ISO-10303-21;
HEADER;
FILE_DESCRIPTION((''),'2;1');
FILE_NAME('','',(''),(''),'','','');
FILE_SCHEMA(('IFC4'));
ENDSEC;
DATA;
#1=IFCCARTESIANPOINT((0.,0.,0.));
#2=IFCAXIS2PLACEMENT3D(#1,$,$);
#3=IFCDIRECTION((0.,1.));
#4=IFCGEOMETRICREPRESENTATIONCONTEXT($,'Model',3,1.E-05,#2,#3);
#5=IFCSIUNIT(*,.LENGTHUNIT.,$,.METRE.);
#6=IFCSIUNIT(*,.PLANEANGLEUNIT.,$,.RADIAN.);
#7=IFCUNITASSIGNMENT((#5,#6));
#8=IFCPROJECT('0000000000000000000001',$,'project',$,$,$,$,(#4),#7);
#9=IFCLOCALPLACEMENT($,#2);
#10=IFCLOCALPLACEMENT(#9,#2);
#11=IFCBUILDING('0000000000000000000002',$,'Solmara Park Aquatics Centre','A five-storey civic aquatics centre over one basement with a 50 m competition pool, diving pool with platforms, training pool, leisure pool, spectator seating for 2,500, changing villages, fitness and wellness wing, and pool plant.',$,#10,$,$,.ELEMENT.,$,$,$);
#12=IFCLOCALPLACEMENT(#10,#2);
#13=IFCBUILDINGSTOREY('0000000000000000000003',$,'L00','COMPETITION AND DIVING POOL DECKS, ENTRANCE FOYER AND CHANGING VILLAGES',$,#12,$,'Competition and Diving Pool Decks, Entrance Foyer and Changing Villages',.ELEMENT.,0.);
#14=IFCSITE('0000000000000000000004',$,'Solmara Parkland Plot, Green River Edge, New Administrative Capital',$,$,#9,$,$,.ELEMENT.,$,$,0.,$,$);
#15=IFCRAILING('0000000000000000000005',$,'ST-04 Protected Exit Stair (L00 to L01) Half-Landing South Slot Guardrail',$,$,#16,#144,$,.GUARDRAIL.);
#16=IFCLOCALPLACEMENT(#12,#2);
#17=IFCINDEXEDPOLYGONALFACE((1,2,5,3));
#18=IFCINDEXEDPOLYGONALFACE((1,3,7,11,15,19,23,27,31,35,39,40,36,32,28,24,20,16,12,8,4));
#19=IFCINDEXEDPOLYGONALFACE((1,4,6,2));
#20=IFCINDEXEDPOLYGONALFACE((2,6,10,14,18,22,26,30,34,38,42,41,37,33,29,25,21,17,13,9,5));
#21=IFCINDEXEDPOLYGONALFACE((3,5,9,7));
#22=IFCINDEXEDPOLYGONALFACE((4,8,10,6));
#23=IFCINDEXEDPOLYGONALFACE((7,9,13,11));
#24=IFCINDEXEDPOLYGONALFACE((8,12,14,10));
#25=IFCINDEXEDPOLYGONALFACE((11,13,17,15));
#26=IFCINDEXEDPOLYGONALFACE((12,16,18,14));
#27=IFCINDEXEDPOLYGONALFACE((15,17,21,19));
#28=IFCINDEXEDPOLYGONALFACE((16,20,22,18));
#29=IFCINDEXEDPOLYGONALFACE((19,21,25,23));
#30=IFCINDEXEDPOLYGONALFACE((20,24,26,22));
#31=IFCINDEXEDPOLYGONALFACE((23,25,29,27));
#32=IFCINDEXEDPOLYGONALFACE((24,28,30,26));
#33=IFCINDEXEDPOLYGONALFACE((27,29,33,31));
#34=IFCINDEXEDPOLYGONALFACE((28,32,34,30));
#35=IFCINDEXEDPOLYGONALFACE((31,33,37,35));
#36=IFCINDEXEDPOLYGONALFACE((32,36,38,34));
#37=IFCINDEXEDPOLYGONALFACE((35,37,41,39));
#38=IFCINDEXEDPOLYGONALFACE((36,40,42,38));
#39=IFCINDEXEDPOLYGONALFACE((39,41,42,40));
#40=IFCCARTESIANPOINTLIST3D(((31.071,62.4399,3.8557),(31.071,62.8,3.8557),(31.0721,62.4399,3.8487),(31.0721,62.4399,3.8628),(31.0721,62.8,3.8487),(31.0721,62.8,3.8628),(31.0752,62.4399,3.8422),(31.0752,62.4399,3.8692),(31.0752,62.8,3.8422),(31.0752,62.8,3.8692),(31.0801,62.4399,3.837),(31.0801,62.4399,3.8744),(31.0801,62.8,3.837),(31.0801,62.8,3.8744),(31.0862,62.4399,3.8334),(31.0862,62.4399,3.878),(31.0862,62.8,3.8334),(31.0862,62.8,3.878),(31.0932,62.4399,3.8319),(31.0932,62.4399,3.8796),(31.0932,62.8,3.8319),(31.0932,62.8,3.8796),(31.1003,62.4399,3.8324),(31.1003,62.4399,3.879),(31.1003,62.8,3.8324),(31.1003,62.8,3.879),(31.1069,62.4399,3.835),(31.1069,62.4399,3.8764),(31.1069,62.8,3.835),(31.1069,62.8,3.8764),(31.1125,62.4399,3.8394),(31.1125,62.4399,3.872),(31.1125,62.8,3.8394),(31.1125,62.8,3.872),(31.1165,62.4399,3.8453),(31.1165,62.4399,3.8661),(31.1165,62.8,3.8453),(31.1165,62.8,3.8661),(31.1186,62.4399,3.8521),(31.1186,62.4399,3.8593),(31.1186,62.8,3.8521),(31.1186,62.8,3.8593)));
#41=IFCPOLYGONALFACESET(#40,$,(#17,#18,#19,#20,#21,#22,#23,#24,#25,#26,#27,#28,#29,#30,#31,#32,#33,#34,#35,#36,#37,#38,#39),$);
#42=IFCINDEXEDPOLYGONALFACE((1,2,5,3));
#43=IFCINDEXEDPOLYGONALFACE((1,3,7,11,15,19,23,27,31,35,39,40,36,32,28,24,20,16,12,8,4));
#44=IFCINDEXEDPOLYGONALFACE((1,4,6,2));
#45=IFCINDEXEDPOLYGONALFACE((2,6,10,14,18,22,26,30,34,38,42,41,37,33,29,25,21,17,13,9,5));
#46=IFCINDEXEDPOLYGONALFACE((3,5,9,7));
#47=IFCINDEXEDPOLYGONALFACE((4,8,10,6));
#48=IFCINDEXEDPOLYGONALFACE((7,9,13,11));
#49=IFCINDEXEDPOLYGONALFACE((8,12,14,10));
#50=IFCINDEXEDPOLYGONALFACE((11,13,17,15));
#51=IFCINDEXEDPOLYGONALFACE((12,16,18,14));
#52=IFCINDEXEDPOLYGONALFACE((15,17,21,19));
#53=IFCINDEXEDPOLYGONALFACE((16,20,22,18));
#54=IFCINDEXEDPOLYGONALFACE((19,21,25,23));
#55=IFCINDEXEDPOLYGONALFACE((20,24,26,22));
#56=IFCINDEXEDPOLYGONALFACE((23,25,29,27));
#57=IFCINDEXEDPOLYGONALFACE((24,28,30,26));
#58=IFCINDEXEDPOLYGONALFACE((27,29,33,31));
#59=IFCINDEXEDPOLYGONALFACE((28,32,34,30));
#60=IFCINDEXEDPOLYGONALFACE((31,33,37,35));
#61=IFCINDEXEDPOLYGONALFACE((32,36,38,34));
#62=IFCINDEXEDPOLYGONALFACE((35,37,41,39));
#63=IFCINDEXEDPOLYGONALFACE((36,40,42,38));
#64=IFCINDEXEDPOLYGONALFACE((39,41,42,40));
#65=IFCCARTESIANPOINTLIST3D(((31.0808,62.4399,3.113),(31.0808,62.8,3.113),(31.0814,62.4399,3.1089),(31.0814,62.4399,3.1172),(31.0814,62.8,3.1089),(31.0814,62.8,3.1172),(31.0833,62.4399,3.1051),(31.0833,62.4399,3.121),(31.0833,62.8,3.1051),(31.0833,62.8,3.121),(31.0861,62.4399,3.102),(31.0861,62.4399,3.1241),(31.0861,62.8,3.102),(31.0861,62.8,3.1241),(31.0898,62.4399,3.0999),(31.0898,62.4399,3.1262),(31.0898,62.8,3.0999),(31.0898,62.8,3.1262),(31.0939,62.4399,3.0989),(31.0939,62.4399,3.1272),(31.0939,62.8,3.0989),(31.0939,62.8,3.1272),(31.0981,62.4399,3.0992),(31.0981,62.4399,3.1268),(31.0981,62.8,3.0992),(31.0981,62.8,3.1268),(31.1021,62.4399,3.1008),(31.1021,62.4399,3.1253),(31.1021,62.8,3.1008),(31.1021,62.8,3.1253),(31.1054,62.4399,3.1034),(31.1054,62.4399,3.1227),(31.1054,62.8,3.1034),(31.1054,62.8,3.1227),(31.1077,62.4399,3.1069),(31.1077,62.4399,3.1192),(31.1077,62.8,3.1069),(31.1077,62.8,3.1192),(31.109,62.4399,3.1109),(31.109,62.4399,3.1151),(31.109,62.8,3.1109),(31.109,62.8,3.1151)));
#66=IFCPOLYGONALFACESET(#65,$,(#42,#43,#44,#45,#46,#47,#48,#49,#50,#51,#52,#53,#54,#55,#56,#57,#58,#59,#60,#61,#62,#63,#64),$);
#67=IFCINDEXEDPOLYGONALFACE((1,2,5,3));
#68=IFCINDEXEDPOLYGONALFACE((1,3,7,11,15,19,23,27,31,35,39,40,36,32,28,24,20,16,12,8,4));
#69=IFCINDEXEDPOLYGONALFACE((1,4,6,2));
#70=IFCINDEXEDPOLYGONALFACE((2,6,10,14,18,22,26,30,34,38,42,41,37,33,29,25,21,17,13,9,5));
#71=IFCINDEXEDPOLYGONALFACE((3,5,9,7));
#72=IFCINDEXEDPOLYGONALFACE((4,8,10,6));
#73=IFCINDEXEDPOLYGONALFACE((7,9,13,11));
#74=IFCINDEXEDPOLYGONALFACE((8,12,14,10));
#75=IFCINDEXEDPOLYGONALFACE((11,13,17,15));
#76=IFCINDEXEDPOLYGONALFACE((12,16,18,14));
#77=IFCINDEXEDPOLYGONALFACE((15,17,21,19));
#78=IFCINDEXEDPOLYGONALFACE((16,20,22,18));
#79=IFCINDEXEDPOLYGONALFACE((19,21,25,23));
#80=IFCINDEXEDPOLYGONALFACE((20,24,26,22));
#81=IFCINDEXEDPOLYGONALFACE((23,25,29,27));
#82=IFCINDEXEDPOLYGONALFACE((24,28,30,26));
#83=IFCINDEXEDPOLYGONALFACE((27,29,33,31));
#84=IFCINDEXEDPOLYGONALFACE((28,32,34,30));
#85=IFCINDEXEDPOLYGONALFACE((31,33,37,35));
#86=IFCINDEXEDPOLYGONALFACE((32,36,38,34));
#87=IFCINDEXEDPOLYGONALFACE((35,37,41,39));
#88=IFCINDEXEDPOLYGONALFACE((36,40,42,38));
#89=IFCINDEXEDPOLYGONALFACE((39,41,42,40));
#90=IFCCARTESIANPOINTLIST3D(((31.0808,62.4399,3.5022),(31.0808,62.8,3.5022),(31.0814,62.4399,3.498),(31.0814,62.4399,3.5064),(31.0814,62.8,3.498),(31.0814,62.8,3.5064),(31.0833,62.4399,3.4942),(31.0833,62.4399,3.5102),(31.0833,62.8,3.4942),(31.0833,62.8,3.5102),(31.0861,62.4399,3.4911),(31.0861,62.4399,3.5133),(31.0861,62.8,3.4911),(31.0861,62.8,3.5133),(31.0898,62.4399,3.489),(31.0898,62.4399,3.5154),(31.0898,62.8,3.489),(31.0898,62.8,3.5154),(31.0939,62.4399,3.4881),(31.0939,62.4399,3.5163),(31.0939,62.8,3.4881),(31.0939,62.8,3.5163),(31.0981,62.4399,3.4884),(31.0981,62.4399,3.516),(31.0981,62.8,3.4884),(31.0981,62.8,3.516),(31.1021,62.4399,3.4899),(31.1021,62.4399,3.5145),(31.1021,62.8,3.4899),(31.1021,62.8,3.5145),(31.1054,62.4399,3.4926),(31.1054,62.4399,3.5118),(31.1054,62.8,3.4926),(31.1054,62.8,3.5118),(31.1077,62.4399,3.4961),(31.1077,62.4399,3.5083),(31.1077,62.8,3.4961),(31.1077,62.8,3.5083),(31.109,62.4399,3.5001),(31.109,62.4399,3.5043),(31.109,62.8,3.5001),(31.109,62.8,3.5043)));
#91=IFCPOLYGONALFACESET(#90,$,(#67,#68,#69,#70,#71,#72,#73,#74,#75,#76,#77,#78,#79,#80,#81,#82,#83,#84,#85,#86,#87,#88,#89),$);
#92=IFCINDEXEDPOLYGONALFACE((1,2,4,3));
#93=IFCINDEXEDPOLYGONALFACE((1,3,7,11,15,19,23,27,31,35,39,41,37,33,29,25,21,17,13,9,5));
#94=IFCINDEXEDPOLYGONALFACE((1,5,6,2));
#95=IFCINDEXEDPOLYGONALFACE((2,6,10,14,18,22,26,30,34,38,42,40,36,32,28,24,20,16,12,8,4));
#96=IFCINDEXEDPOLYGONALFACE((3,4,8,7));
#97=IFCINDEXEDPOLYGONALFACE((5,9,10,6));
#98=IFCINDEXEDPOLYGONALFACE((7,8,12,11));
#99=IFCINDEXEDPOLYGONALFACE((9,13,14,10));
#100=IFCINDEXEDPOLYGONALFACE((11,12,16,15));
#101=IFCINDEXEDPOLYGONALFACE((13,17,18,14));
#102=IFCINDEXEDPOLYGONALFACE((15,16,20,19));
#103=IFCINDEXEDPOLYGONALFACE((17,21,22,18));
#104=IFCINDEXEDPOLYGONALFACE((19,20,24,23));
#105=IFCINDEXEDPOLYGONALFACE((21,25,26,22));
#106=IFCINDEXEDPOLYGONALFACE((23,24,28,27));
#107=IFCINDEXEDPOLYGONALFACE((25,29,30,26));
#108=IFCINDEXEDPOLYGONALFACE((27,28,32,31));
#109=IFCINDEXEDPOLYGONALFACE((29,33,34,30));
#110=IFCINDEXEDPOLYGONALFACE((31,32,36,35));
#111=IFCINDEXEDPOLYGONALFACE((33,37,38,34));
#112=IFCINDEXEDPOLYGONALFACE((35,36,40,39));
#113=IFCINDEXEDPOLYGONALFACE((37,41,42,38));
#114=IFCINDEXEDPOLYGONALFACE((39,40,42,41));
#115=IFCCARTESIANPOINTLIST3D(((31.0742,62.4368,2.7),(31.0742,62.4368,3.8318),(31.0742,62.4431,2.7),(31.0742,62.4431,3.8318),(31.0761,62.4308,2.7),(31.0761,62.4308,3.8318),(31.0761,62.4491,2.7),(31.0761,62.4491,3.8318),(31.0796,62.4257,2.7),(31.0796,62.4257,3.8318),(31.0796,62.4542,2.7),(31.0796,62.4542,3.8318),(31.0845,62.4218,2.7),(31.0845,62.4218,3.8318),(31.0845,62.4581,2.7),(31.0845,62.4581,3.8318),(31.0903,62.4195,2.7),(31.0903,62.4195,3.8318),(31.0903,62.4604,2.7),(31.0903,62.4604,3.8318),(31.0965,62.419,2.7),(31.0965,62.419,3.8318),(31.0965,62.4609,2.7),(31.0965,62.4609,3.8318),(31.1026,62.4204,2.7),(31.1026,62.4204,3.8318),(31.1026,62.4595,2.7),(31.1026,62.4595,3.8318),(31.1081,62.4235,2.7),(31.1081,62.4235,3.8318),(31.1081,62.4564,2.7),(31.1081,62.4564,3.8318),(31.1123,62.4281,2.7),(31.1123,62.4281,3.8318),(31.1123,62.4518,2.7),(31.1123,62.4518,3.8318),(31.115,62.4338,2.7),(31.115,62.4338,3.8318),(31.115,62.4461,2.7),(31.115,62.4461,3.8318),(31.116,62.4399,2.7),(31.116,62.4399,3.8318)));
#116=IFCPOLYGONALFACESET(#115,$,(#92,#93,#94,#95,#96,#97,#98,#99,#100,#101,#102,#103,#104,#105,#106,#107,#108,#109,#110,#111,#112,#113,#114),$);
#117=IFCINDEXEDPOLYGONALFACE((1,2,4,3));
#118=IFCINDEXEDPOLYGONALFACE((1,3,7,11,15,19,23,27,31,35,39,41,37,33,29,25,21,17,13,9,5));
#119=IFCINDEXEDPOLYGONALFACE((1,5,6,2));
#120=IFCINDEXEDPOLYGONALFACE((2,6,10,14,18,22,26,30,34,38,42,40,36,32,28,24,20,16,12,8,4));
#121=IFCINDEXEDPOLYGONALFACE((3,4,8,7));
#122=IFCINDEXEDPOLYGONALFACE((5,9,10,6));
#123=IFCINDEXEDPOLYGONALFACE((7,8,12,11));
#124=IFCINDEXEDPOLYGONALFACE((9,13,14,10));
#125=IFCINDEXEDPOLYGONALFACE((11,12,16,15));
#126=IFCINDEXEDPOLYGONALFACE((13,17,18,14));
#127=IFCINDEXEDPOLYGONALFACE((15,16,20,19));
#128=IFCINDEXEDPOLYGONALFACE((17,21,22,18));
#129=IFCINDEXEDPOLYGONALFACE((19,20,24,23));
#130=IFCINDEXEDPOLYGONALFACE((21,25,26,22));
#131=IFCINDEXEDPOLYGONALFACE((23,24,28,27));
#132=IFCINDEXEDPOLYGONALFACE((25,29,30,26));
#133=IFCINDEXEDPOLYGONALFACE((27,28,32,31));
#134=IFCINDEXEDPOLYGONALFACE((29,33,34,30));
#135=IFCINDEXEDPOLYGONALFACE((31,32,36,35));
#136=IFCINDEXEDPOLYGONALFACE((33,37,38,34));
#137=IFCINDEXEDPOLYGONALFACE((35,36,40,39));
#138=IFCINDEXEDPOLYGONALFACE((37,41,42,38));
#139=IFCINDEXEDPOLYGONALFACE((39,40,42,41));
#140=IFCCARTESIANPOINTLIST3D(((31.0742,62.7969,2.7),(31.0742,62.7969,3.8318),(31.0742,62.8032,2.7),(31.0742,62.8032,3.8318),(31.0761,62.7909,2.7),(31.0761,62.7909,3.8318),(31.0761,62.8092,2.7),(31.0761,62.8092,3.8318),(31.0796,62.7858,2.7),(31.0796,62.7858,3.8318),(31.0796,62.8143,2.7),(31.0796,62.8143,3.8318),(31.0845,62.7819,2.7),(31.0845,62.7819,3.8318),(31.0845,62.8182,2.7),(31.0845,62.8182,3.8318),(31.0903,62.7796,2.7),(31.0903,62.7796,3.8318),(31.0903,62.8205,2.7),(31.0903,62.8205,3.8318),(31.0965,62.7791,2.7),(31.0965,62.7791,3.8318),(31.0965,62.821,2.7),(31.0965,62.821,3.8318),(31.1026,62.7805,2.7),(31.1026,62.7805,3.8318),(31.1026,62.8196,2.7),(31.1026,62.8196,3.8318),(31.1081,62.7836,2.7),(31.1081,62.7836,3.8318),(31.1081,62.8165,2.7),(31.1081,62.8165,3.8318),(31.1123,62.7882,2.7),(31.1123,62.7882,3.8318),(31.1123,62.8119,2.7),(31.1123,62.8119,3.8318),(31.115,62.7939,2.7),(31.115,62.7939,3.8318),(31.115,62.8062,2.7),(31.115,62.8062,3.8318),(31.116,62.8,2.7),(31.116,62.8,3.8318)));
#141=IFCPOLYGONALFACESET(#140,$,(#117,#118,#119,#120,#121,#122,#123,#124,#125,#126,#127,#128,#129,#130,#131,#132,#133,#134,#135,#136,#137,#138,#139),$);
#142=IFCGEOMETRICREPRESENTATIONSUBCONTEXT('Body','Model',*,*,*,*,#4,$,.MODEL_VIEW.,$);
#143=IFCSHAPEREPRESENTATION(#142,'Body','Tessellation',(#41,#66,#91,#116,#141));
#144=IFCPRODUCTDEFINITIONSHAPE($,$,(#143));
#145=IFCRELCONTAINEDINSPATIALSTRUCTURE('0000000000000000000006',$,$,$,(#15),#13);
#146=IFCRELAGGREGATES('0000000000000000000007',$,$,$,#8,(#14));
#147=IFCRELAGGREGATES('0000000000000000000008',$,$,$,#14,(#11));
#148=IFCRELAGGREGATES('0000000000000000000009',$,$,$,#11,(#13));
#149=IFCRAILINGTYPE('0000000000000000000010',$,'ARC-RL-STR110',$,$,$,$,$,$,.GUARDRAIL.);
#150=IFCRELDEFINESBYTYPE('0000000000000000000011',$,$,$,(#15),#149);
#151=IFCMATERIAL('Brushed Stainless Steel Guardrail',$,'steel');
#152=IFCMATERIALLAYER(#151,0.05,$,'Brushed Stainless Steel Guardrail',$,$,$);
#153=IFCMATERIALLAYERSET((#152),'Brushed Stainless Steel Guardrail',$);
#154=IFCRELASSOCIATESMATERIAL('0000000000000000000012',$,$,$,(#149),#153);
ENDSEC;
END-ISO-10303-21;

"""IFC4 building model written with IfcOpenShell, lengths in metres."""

from ifc_helpers import new_model, si_unit, direction, frame, origin, origin_2d, place, context, subcontext, project, spatial, circle, extrude, material, layer, layer_set, type_object, element, save


model = new_model("IFC4")

# Units and contexts
model_context = context("Model", 3, precision=1e-05, world=origin(), true_north=direction((0.0, 1.0)))
body_context = subcontext(model_context, "Body", "Model", "MODEL_VIEW")
ifc_project = project(units=[si_unit("LENGTHUNIT", "METRE"), si_unit("PLANEANGLEUNIT", "RADIAN")], contexts=[model_context])

# Site, building, storey
site_placement = place(None, origin())
site = spatial("IfcSite", under=ifc_project, at=site_placement, Name="Solmara Parkland Plot, Green River Edge, New Administrative Capital", CompositionType="ELEMENT", RefElevation=0.0)
building_placement = place(site_placement, origin())
building = spatial("IfcBuilding", under=site, at=building_placement, Name="Solmara Park Aquatics Centre", Description="A five-storey civic aquatics centre over one basement with a 50 m competition pool, diving pool with platforms, training pool, leisure pool, spectator seating for 2,500, changing villages, fitness and wellness wing, and pool plant.", CompositionType="ELEMENT")
storey_placement = place(building_placement, origin())
storey = spatial("IfcBuildingStorey", under=building, at=storey_placement, Name="L00", Description="COMPETITION AND DIVING POOL DECKS, ENTRANCE FOYER AND CHANGING VILLAGES", LongName="Competition and Diving Pool Decks, Entrance Foyer and Changing Villages", CompositionType="ELEMENT", Elevation=0.0)

# Railing
ifc_material_1 = material(Name="Brushed Stainless Steel Guardrail", Category="steel")
ifc_layer_1 = layer(ifc_material_1, 0.05, Name="Brushed Stainless Steel Guardrail")
ifc_layer_set_1 = layer_set([ifc_layer_1], Name="Brushed Stainless Steel Guardrail")
railing_type_1 = type_object("IfcRailingType", Name="ARC-RL-STR110", PredefinedType="GUARDRAIL", material=ifc_layer_set_1)
railing_1_placement = place(storey_placement, frame((31.095, 62.4399, 2.7)))
element("IfcRailing", 1, at=railing_1_placement, inside=storey, type_object=railing_type_1, Name="ST-04 Protected Exit Stair (L00 to L01) Half-Landing South Slot Guardrail", PredefinedType="GUARDRAIL", context=body_context, shape_type="SweptSolid", body=[
    extrude(circle(Radius=0.0239, at=origin_2d()), frame((0.0, 0.0, 1.1558), z_axis=(0.0, 1.0, 0.0), x_axis=(-1.0, 0.0, 0.0)), (0.0, 0.0, 1.0), 0.3601),
    extrude(circle(Radius=0.0142, at=origin_2d()), frame((0.0, 0.0, 0.4131), z_axis=(0.0, 1.0, 0.0), x_axis=(-1.0, 0.0, 0.0)), (0.0, 0.0, 1.0), 0.3601),
    extrude(circle(Radius=0.0142, at=origin_2d()), frame((0.0, 0.0, 0.8022), z_axis=(0.0, 1.0, 0.0), x_axis=(-1.0, 0.0, 0.0)), (0.0, 0.0, 1.0), 0.3601),
    extrude(circle(Radius=0.021, at=origin_2d()), origin(), (0.0, 0.0, 1.0), 1.1318),
    extrude(circle(Radius=0.021, at=origin_2d()), frame((0.0, 0.3601, 0.0)), (0.0, 0.0, 1.0), 1.1318),
])

save(model, "model.ifc")
